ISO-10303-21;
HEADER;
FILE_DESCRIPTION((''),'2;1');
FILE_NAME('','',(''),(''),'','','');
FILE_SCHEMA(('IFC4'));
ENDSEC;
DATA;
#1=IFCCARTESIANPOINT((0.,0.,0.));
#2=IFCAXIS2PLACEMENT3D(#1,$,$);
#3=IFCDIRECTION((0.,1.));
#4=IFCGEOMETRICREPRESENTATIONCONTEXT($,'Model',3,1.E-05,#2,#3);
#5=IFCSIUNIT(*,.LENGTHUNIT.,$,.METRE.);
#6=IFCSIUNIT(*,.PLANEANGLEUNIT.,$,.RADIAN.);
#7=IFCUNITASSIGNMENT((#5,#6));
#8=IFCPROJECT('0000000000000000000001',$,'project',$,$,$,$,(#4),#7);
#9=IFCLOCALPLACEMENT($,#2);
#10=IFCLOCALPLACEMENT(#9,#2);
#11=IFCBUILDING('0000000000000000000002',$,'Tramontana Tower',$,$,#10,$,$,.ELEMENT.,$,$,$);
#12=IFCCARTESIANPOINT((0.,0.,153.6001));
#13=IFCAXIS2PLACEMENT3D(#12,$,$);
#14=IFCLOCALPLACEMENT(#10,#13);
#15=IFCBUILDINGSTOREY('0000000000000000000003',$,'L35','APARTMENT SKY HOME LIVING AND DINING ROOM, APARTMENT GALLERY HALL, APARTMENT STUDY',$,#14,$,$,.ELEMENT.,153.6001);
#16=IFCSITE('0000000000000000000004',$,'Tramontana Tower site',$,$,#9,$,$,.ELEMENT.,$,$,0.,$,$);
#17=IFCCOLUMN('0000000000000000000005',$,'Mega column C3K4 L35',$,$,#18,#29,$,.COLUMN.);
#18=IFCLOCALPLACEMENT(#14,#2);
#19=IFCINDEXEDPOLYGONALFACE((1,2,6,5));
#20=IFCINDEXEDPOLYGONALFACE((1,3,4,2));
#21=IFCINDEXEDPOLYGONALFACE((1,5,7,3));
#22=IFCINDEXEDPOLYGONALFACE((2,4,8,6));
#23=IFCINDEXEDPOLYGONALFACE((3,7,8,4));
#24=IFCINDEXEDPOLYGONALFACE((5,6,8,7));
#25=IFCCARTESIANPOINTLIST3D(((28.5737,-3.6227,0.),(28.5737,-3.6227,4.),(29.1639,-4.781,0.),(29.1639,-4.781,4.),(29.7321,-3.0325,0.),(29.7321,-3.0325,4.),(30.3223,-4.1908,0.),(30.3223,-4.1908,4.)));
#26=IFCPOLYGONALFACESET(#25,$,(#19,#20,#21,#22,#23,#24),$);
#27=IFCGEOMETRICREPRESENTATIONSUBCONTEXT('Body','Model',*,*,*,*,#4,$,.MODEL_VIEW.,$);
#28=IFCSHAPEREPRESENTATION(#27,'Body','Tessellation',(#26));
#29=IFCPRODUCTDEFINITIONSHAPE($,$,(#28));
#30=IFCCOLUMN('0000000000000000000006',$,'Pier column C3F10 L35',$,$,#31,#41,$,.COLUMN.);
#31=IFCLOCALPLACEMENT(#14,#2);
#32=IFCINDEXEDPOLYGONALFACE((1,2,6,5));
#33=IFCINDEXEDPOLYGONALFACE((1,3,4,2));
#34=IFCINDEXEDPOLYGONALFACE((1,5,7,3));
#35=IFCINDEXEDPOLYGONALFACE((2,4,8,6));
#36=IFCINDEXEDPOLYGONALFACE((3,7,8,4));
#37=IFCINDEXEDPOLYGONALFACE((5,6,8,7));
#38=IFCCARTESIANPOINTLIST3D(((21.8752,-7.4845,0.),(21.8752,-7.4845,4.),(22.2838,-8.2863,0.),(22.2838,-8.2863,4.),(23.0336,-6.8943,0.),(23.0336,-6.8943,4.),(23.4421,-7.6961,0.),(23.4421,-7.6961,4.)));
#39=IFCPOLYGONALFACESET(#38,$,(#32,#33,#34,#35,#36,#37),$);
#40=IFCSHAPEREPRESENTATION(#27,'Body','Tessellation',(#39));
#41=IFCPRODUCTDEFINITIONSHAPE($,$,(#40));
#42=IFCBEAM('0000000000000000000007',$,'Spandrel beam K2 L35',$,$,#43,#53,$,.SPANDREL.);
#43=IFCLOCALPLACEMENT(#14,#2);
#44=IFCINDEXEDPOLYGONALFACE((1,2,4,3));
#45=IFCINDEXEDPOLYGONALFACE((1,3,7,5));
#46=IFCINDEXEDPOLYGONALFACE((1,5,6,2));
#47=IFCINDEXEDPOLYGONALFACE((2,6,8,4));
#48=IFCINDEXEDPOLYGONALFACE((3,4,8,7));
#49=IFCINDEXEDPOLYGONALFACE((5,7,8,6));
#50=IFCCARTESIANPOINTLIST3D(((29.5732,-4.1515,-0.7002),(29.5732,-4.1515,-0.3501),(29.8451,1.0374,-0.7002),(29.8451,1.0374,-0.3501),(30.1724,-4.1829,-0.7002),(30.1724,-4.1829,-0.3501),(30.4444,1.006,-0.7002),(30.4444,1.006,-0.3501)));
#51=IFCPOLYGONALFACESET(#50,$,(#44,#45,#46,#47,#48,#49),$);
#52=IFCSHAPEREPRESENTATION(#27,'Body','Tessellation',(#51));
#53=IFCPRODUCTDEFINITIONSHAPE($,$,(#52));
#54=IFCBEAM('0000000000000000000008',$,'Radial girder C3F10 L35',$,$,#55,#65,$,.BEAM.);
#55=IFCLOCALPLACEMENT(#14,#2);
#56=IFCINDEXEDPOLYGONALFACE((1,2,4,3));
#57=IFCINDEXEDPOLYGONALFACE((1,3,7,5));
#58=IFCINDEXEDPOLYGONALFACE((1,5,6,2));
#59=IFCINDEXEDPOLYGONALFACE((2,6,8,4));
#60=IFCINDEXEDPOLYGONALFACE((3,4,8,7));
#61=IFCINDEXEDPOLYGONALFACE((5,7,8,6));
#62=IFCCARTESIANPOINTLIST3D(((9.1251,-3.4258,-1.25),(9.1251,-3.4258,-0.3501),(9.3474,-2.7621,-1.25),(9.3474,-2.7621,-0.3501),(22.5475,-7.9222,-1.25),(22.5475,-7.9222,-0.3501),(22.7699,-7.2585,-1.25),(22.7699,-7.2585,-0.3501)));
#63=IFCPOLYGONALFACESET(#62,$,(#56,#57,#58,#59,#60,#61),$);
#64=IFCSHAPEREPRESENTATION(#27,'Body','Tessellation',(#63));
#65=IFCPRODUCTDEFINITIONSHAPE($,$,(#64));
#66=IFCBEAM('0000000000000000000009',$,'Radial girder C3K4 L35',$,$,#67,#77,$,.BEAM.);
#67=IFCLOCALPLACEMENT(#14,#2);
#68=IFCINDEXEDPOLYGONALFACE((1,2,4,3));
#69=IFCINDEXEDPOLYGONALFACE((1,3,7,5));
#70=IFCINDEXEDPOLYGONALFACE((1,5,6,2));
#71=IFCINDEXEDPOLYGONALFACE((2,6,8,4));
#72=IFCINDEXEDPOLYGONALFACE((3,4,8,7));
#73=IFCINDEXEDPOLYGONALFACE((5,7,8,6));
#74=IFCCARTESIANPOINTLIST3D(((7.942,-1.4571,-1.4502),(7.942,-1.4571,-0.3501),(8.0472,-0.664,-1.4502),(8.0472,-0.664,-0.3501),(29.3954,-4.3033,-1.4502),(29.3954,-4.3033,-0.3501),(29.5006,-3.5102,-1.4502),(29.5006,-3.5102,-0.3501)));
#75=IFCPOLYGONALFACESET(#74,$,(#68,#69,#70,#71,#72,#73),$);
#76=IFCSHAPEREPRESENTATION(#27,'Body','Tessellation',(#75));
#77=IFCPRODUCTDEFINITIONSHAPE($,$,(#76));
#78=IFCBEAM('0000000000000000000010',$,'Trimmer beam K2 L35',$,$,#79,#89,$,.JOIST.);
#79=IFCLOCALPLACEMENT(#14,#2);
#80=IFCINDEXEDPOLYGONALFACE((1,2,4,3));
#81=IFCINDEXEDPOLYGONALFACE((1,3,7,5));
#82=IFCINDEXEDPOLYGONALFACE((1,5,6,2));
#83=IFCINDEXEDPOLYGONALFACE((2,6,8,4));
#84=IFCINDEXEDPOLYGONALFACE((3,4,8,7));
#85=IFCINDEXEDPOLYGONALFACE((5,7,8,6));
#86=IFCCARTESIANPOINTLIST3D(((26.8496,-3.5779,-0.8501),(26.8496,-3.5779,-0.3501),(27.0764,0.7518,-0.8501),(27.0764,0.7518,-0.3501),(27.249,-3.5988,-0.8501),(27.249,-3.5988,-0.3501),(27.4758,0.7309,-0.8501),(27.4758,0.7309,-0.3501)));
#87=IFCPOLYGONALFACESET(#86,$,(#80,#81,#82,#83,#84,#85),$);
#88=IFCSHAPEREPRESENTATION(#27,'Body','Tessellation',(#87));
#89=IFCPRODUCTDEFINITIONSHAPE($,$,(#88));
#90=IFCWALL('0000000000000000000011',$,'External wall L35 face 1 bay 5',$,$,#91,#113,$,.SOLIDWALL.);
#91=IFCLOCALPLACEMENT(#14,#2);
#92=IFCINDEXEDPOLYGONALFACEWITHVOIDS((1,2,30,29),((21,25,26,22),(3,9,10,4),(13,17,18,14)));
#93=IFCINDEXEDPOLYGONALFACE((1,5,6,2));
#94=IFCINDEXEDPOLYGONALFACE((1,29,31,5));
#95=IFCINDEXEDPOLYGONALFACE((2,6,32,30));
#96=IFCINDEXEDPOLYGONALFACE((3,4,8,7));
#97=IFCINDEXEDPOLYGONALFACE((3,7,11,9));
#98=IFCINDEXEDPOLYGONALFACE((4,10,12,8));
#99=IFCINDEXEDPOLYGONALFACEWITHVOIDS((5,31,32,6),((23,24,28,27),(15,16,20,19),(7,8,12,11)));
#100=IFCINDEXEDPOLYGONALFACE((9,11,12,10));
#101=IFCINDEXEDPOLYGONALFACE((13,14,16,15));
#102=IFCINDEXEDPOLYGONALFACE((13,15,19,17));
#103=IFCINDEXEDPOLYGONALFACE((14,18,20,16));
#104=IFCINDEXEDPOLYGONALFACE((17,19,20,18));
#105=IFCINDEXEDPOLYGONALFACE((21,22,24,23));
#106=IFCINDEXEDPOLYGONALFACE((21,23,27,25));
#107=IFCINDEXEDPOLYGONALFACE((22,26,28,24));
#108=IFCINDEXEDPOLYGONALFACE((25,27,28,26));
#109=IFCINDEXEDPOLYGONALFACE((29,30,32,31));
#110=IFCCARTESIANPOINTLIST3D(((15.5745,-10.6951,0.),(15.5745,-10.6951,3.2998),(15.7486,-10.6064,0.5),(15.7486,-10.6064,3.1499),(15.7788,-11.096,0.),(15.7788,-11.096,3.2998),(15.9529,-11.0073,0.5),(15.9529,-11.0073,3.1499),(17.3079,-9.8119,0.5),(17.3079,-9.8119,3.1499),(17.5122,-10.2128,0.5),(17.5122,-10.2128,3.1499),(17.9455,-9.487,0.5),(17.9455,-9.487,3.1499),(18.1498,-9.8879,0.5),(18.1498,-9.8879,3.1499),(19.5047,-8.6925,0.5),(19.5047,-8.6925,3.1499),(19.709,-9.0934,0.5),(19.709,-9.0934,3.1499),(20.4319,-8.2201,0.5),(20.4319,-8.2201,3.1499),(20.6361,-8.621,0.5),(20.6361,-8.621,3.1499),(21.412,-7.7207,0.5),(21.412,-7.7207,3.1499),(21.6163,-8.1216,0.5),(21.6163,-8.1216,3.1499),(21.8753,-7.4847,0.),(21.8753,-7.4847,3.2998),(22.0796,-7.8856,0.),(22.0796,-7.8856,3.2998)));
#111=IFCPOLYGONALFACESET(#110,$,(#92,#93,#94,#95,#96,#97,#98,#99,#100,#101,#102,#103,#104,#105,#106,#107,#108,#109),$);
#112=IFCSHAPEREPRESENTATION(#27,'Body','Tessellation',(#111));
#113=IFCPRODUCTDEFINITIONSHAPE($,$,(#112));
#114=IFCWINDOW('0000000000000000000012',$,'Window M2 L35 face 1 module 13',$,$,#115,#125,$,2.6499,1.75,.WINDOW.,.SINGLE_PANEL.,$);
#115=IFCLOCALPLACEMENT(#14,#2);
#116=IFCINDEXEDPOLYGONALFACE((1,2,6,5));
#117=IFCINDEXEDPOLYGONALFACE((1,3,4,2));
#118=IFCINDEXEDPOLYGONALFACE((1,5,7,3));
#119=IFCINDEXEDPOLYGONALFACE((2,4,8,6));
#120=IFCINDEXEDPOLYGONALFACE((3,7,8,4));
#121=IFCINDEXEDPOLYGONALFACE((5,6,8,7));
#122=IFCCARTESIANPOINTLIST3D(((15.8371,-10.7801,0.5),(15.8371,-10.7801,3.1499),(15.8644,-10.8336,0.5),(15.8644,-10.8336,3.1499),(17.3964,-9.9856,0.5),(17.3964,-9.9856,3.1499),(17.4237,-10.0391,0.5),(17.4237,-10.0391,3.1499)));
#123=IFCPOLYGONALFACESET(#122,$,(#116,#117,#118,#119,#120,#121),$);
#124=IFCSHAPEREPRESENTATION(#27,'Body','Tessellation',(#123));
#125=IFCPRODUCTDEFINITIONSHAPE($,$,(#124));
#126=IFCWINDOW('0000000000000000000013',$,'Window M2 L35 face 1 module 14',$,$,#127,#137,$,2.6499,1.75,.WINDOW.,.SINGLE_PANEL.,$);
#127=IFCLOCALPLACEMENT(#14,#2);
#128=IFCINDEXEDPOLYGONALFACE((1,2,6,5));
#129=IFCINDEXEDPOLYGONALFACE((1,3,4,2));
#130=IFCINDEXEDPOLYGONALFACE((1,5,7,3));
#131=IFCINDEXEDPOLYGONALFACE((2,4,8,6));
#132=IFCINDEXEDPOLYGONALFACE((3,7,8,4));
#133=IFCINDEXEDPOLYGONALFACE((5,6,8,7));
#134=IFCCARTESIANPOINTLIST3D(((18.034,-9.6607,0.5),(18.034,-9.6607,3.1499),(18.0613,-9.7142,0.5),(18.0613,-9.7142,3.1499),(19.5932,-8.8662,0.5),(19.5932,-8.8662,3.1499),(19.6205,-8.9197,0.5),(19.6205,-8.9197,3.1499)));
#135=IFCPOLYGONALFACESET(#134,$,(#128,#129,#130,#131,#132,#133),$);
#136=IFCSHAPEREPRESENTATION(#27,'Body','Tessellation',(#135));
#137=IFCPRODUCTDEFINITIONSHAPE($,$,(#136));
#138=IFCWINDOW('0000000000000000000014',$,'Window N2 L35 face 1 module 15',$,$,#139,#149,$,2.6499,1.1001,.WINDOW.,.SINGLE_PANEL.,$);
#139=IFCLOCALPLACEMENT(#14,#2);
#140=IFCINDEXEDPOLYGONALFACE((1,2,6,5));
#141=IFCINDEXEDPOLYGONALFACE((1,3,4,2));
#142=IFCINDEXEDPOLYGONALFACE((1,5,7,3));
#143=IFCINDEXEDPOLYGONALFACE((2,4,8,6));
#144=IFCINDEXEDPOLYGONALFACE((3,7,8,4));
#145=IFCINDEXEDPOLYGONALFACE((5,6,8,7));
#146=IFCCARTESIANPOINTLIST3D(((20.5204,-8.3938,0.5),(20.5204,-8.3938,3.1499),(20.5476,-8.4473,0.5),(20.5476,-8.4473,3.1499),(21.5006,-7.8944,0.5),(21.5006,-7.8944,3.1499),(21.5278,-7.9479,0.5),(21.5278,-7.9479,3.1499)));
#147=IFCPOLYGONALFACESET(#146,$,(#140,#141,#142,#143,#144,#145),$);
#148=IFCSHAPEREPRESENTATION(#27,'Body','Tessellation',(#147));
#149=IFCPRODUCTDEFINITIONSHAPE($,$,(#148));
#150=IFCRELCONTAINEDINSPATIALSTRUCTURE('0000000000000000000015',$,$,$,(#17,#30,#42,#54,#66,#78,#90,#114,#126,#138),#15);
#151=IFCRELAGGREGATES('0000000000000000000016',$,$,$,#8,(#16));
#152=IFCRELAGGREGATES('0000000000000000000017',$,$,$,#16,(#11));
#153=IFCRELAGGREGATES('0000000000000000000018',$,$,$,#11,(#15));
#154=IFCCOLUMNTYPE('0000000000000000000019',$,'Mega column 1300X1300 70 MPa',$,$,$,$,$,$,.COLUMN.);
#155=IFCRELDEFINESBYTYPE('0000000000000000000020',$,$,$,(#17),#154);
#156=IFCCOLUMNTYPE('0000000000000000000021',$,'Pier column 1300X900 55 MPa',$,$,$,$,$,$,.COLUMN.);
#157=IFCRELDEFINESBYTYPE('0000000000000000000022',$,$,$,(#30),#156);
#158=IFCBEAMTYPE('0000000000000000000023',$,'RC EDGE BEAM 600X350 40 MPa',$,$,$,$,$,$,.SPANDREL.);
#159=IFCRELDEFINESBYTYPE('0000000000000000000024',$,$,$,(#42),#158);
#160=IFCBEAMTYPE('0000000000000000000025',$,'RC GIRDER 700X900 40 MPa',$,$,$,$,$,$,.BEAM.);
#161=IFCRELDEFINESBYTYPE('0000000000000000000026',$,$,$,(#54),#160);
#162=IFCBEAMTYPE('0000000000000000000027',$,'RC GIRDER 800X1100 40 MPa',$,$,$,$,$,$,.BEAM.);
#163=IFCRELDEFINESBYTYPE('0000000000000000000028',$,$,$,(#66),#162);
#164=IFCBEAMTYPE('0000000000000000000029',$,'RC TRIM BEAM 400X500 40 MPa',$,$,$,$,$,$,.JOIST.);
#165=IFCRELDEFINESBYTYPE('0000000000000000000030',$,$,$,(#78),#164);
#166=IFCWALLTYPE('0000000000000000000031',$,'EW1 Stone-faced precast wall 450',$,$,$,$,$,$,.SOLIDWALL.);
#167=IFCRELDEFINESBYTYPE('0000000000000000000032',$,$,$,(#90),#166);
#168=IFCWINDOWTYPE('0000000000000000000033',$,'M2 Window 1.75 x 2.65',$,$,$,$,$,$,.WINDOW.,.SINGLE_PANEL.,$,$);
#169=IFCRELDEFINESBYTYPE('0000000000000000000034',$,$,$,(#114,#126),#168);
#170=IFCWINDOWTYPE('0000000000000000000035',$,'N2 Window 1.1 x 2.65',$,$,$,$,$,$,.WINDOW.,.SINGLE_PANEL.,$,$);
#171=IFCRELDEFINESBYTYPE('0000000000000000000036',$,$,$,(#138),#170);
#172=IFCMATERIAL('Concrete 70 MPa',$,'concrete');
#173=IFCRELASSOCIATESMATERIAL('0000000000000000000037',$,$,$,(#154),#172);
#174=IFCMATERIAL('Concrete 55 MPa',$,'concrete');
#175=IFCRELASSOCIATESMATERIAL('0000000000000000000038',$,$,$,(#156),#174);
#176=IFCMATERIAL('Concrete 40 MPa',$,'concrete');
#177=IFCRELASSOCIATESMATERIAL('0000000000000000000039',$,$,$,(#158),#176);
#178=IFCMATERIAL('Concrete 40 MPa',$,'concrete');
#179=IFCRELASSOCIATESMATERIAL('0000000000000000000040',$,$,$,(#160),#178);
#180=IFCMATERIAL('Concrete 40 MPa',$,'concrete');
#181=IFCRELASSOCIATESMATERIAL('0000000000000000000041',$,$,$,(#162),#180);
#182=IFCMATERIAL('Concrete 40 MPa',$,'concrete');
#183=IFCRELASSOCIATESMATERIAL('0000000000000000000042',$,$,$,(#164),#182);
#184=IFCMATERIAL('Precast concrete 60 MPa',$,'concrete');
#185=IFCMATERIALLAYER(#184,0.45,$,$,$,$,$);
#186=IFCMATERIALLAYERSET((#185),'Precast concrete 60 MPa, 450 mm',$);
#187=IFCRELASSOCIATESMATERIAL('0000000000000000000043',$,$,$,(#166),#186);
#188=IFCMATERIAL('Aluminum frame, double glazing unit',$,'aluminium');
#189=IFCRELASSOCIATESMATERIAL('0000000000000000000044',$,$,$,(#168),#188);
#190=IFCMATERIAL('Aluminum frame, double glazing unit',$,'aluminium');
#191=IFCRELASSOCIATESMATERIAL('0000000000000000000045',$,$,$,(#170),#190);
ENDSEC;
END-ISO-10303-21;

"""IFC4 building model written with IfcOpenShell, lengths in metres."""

from ifc_helpers import new_model, si_unit, direction, frame, frame_2d, origin, origin_2d, place, context, subcontext, project, spatial, rectangle, extrude, material, layer, layer_set, material_profile, profile_set, type_object, element, fill, save


model = new_model("IFC4")

# Units and contexts
model_context = context("Model", 3, precision=1e-05, world=origin(), true_north=direction((0.0, 1.0)))
body_context = subcontext(model_context, "Body", "Model", "MODEL_VIEW")
ifc_project = project(units=[si_unit("LENGTHUNIT", "METRE"), si_unit("PLANEANGLEUNIT", "RADIAN")], contexts=[model_context])

# Site, building, storey
site_placement = place(None, origin())
site = spatial("IfcSite", under=ifc_project, at=site_placement, Name="Tramontana Tower site", CompositionType="ELEMENT", RefElevation=0.0)
building_placement = place(site_placement, origin())
building = spatial("IfcBuilding", under=site, at=building_placement, Name="Tramontana Tower", CompositionType="ELEMENT")
storey_placement = place(building_placement, frame((0.0, 0.0, 153.6001)))
storey = spatial("IfcBuildingStorey", under=building, at=storey_placement, Name="L35", Description="APARTMENT SKY HOME LIVING AND DINING ROOM, APARTMENT GALLERY HALL, APARTMENT STUDY", CompositionType="ELEMENT", Elevation=153.6001)

# Columns
ifc_material_1 = material(Name="Concrete 70 MPa", Category="concrete")
ifc_material_profile_1 = material_profile(ifc_material_1, rectangle(XDim=1.3, YDim=1.3, at=origin_2d()), Name="Mega column 1300X1300 70 MPa")
ifc_profile_set_1 = profile_set([ifc_material_profile_1], Name="Concrete 70 MPa")
column_type_1 = type_object("IfcColumnType", Name="Mega column 1300X1300 70 MPa", PredefinedType="COLUMN", material=ifc_profile_set_1)
column_1_placement = place(storey_placement, frame((29.448, -3.9067, 0.0), z_axis=(0.0, 0.0, 1.0), x_axis=(0.891007, 0.45399, 0.0)))
element("IfcColumn", 1, at=column_1_placement, inside=storey, type_object=column_type_1, Name="Mega column C3K4 L35", PredefinedType="COLUMN", context=body_context, shape_type="SweptSolid", body=[
    extrude(rectangle(XDim=1.3, YDim=1.3, at=origin_2d()), origin(), (0.0, 0.0, 1.0), 4.0),
])
ifc_material_2 = material(Name="Concrete 55 MPa", Category="concrete")
ifc_material_profile_2 = material_profile(ifc_material_2, rectangle(XDim=1.3, YDim=0.8999, at=origin_2d()), Name="Pier column 1300X900 55 MPa")
ifc_profile_set_2 = profile_set([ifc_material_profile_2], Name="Concrete 55 MPa")
column_type_2 = type_object("IfcColumnType", Name="Pier column 1300X900 55 MPa", PredefinedType="COLUMN", material=ifc_profile_set_2)
column_2_placement = place(storey_placement, frame((22.6587, -7.5903, 0.0), z_axis=(0.0, 0.0, 1.0), x_axis=(0.891007, 0.45399, 0.0)))
element("IfcColumn", 2, at=column_2_placement, inside=storey, type_object=column_type_2, Name="Pier column C3F10 L35", PredefinedType="COLUMN", context=body_context, shape_type="SweptSolid", body=[
    extrude(rectangle(XDim=1.3, YDim=0.8999, at=origin_2d()), origin(), (0.0, 0.0, 1.0), 4.0),
])

# Beams
ifc_material_3 = material(Name="Concrete 40 MPa", Category="concrete")
ifc_material_profile_3 = material_profile(ifc_material_3, rectangle(XDim=0.6001, YDim=0.3501, at=origin_2d()), Name="RC EDGE BEAM 600X350 40 MPa")
ifc_profile_set_3 = profile_set([ifc_material_profile_3], Name="Concrete 40 MPa")
beam_type_1 = type_object("IfcBeamType", Name="RC EDGE BEAM 600X350 40 MPa", PredefinedType="SPANDREL", material=ifc_profile_set_3)
beam_1_placement = place(storey_placement, frame((29.8728, -4.1672, -0.5251), z_axis=(0.052342, 0.998629, 0.0), x_axis=(-0.998629, 0.052342, 0.0)))
element("IfcBeam", 3, at=beam_1_placement, inside=storey, type_object=beam_type_1, Name="Spandrel beam K2 L35", PredefinedType="SPANDREL", context=body_context, shape_type="SweptSolid", body=[
    extrude(rectangle(XDim=0.6001, YDim=0.3501, at=origin_2d()), origin(), (0.0, 0.0, 1.0), 5.196),
])
ifc_material_4 = material(Name="Concrete 40 MPa", Category="concrete")
ifc_material_profile_4 = material_profile(ifc_material_4, rectangle(XDim=0.7, YDim=0.8999, at=origin_2d()), Name="RC GIRDER 700X900 40 MPa")
ifc_profile_set_4 = profile_set([ifc_material_profile_4], Name="Concrete 40 MPa")
beam_type_2 = type_object("IfcBeamType", Name="RC GIRDER 700X900 40 MPa", PredefinedType="BEAM", material=ifc_profile_set_4)
beam_2_placement = place(storey_placement, frame((22.6587, -7.5903, -0.8), z_axis=(-0.948211, 0.31764, 0.0), x_axis=(-0.31764, -0.948211, 0.0)))
element("IfcBeam", 4, at=beam_2_placement, inside=storey, type_object=beam_type_2, Name="Radial girder C3F10 L35", PredefinedType="BEAM", context=body_context, shape_type="SweptSolid", body=[
    extrude(rectangle(XDim=0.7, YDim=0.8999, at=origin_2d()), origin(), (0.0, 0.0, 1.0), 14.1555),
])
ifc_material_5 = material(Name="Concrete 40 MPa", Category="concrete")
ifc_material_profile_5 = material_profile(ifc_material_5, rectangle(XDim=0.8, YDim=1.1001, at=origin_2d()), Name="RC GIRDER 800X1100 40 MPa")
ifc_profile_set_5 = profile_set([ifc_material_profile_5], Name="Concrete 40 MPa")
beam_type_3 = type_object("IfcBeamType", Name="RC GIRDER 800X1100 40 MPa", PredefinedType="BEAM", material=ifc_profile_set_5)
beam_3_placement = place(storey_placement, frame((29.448, -3.9067, -0.9001), z_axis=(-0.991314, 0.131516, 0.0), x_axis=(-0.131516, -0.991314, 0.0)))
element("IfcBeam", 5, at=beam_3_placement, inside=storey, type_object=beam_type_3, Name="Radial girder C3K4 L35", PredefinedType="BEAM", context=body_context, shape_type="SweptSolid", body=[
    extrude(rectangle(XDim=0.8, YDim=1.1001, at=origin_2d()), origin(), (0.0, 0.0, 1.0), 21.6414),
])
ifc_material_6 = material(Name="Concrete 40 MPa", Category="concrete")
ifc_material_profile_6 = material_profile(ifc_material_6, rectangle(XDim=0.3999, YDim=0.5, at=origin_2d()), Name="RC TRIM BEAM 400X500 40 MPa")
ifc_profile_set_6 = profile_set([ifc_material_profile_6], Name="Concrete 40 MPa")
beam_type_4 = type_object("IfcBeamType", Name="RC TRIM BEAM 400X500 40 MPa", PredefinedType="JOIST", material=ifc_profile_set_6)
beam_4_placement = place(storey_placement, frame((27.0493, -3.5884, -0.6001), z_axis=(0.052311, 0.998631, 0.0), x_axis=(-0.998631, 0.052311, 0.0)))
element("IfcBeam", 6, at=beam_4_placement, inside=storey, type_object=beam_type_4, Name="Trimmer beam K2 L35", PredefinedType="JOIST", context=body_context, shape_type="SweptSolid", body=[
    extrude(rectangle(XDim=0.3999, YDim=0.5, at=origin_2d()), origin(), (0.0, 0.0, 1.0), 4.3357),
])

# Wall, openings, windows
ifc_material_7 = material(Name="Precast concrete 60 MPa", Category="concrete")
ifc_layer_1 = layer(ifc_material_7, 0.45)
ifc_layer_set_1 = layer_set([ifc_layer_1], Name="Precast concrete 60 MPa, 450 mm")
wall_type_1 = type_object("IfcWallType", Name="EW1 Stone-faced precast wall 450", PredefinedType="SOLIDWALL", material=ifc_layer_set_1)
wall_1_placement = place(storey_placement, frame((15.6768, -10.8955, 0.0), z_axis=(0.0, 0.0, 1.0), x_axis=(0.891004, 0.453995, 0.0)))
wall_1 = element("IfcWall", 7, at=wall_1_placement, inside=storey, type_object=wall_type_1, Name="External wall L35 face 1 bay 5", PredefinedType="SOLIDWALL", context=body_context, shape_type="SweptSolid", body=[
    extrude(rectangle(XDim=7.0715, YDim=0.45, at=frame_2d((3.5356, 0.0))), origin(), (0.0, 0.0, 1.0), 3.2998),
])
opening_1_placement = place(wall_1_placement, frame((0.1953, 0.0, 0.5)))
opening_1 = element("IfcOpeningElement", 8, at=opening_1_placement, cuts=wall_1, PredefinedType="OPENING", context=body_context, shape_type="SweptSolid", body=[
    extrude(rectangle(XDim=1.75, YDim=2.6499, at=frame_2d((0.875, 1.325))), frame((0.0, 0.2349, 0.0), z_axis=(0.0, -1.0, 0.0), x_axis=(1.0, 0.0, 0.0)), (0.0, 0.0, 1.0), 0.47),
])
opening_2_placement = place(wall_1_placement, frame((2.6609, 0.0, 0.5)))
opening_2 = element("IfcOpeningElement", 9, at=opening_2_placement, cuts=wall_1, PredefinedType="OPENING", context=body_context, shape_type="SweptSolid", body=[
    extrude(rectangle(XDim=1.75, YDim=2.6499, at=frame_2d((0.875, 1.325))), frame((0.0, 0.2349, 0.0), z_axis=(0.0, -1.0, 0.0), x_axis=(1.0, 0.0, 0.0)), (0.0, 0.0, 1.0), 0.47),
])
opening_3_placement = place(wall_1_placement, frame((5.4514, 0.0, 0.5)))
opening_3 = element("IfcOpeningElement", 10, at=opening_3_placement, cuts=wall_1, PredefinedType="OPENING", context=body_context, shape_type="SweptSolid", body=[
    extrude(rectangle(XDim=1.1001, YDim=2.6499, at=frame_2d((0.55, 1.325))), frame((0.0, 0.2349, 0.0), z_axis=(0.0, -1.0, 0.0), x_axis=(1.0, 0.0, 0.0)), (0.0, 0.0, 1.0), 0.47),
])
ifc_material_8 = material(Name="Aluminum frame, double glazing unit", Category="aluminium")
window_type_1 = type_object("IfcWindowType", Name="M2 Window 1.75 x 2.65", PartitioningType="SINGLE_PANEL", PredefinedType="WINDOW", material=ifc_material_8)
window_1_placement = place(opening_1_placement, origin())
window_1 = element("IfcWindow", 11, at=window_1_placement, inside=storey, type_object=window_type_1, Name="Window M2 L35 face 1 module 13", OverallHeight=2.6499, OverallWidth=1.75, PartitioningType="SINGLE_PANEL", PredefinedType="WINDOW", context=body_context, shape_type="SweptSolid", body=[
    extrude(rectangle(XDim=1.75, YDim=2.6499, at=frame_2d((0.875, 1.325))), frame((0.0, 0.03, 0.0), z_axis=(0.0, -1.0, 0.0), x_axis=(1.0, 0.0, 0.0)), (0.0, 0.0, 1.0), 0.0601),
])
fill(opening_1, window_1)
window_2_placement = place(opening_2_placement, origin())
window_2 = element("IfcWindow", 12, at=window_2_placement, inside=storey, type_object=window_type_1, Name="Window M2 L35 face 1 module 14", OverallHeight=2.6499, OverallWidth=1.75, PartitioningType="SINGLE_PANEL", PredefinedType="WINDOW", context=body_context, shape_type="SweptSolid", body=[
    extrude(rectangle(XDim=1.75, YDim=2.6499, at=frame_2d((0.875, 1.325))), frame((0.0, 0.03, 0.0), z_axis=(0.0, -1.0, 0.0), x_axis=(1.0, 0.0, 0.0)), (0.0, 0.0, 1.0), 0.0601),
])
fill(opening_2, window_2)
ifc_material_9 = material(Name="Aluminum frame, double glazing unit", Category="aluminium")
window_type_2 = type_object("IfcWindowType", Name="N2 Window 1.1 x 2.65", PartitioningType="SINGLE_PANEL", PredefinedType="WINDOW", material=ifc_material_9)
window_3_placement = place(opening_3_placement, origin())
window_3 = element("IfcWindow", 13, at=window_3_placement, inside=storey, type_object=window_type_2, Name="Window N2 L35 face 1 module 15", OverallHeight=2.6499, OverallWidth=1.1001, PartitioningType="SINGLE_PANEL", PredefinedType="WINDOW", context=body_context, shape_type="SweptSolid", body=[
    extrude(rectangle(XDim=1.1001, YDim=2.6499, at=frame_2d((0.55, 1.325))), frame((0.0, 0.03, 0.0), z_axis=(0.0, -1.0, 0.0), x_axis=(1.0, 0.0, 0.0)), (0.0, 0.0, 1.0), 0.0601),
])
fill(opening_3, window_3)

save(model, "model.ifc")
